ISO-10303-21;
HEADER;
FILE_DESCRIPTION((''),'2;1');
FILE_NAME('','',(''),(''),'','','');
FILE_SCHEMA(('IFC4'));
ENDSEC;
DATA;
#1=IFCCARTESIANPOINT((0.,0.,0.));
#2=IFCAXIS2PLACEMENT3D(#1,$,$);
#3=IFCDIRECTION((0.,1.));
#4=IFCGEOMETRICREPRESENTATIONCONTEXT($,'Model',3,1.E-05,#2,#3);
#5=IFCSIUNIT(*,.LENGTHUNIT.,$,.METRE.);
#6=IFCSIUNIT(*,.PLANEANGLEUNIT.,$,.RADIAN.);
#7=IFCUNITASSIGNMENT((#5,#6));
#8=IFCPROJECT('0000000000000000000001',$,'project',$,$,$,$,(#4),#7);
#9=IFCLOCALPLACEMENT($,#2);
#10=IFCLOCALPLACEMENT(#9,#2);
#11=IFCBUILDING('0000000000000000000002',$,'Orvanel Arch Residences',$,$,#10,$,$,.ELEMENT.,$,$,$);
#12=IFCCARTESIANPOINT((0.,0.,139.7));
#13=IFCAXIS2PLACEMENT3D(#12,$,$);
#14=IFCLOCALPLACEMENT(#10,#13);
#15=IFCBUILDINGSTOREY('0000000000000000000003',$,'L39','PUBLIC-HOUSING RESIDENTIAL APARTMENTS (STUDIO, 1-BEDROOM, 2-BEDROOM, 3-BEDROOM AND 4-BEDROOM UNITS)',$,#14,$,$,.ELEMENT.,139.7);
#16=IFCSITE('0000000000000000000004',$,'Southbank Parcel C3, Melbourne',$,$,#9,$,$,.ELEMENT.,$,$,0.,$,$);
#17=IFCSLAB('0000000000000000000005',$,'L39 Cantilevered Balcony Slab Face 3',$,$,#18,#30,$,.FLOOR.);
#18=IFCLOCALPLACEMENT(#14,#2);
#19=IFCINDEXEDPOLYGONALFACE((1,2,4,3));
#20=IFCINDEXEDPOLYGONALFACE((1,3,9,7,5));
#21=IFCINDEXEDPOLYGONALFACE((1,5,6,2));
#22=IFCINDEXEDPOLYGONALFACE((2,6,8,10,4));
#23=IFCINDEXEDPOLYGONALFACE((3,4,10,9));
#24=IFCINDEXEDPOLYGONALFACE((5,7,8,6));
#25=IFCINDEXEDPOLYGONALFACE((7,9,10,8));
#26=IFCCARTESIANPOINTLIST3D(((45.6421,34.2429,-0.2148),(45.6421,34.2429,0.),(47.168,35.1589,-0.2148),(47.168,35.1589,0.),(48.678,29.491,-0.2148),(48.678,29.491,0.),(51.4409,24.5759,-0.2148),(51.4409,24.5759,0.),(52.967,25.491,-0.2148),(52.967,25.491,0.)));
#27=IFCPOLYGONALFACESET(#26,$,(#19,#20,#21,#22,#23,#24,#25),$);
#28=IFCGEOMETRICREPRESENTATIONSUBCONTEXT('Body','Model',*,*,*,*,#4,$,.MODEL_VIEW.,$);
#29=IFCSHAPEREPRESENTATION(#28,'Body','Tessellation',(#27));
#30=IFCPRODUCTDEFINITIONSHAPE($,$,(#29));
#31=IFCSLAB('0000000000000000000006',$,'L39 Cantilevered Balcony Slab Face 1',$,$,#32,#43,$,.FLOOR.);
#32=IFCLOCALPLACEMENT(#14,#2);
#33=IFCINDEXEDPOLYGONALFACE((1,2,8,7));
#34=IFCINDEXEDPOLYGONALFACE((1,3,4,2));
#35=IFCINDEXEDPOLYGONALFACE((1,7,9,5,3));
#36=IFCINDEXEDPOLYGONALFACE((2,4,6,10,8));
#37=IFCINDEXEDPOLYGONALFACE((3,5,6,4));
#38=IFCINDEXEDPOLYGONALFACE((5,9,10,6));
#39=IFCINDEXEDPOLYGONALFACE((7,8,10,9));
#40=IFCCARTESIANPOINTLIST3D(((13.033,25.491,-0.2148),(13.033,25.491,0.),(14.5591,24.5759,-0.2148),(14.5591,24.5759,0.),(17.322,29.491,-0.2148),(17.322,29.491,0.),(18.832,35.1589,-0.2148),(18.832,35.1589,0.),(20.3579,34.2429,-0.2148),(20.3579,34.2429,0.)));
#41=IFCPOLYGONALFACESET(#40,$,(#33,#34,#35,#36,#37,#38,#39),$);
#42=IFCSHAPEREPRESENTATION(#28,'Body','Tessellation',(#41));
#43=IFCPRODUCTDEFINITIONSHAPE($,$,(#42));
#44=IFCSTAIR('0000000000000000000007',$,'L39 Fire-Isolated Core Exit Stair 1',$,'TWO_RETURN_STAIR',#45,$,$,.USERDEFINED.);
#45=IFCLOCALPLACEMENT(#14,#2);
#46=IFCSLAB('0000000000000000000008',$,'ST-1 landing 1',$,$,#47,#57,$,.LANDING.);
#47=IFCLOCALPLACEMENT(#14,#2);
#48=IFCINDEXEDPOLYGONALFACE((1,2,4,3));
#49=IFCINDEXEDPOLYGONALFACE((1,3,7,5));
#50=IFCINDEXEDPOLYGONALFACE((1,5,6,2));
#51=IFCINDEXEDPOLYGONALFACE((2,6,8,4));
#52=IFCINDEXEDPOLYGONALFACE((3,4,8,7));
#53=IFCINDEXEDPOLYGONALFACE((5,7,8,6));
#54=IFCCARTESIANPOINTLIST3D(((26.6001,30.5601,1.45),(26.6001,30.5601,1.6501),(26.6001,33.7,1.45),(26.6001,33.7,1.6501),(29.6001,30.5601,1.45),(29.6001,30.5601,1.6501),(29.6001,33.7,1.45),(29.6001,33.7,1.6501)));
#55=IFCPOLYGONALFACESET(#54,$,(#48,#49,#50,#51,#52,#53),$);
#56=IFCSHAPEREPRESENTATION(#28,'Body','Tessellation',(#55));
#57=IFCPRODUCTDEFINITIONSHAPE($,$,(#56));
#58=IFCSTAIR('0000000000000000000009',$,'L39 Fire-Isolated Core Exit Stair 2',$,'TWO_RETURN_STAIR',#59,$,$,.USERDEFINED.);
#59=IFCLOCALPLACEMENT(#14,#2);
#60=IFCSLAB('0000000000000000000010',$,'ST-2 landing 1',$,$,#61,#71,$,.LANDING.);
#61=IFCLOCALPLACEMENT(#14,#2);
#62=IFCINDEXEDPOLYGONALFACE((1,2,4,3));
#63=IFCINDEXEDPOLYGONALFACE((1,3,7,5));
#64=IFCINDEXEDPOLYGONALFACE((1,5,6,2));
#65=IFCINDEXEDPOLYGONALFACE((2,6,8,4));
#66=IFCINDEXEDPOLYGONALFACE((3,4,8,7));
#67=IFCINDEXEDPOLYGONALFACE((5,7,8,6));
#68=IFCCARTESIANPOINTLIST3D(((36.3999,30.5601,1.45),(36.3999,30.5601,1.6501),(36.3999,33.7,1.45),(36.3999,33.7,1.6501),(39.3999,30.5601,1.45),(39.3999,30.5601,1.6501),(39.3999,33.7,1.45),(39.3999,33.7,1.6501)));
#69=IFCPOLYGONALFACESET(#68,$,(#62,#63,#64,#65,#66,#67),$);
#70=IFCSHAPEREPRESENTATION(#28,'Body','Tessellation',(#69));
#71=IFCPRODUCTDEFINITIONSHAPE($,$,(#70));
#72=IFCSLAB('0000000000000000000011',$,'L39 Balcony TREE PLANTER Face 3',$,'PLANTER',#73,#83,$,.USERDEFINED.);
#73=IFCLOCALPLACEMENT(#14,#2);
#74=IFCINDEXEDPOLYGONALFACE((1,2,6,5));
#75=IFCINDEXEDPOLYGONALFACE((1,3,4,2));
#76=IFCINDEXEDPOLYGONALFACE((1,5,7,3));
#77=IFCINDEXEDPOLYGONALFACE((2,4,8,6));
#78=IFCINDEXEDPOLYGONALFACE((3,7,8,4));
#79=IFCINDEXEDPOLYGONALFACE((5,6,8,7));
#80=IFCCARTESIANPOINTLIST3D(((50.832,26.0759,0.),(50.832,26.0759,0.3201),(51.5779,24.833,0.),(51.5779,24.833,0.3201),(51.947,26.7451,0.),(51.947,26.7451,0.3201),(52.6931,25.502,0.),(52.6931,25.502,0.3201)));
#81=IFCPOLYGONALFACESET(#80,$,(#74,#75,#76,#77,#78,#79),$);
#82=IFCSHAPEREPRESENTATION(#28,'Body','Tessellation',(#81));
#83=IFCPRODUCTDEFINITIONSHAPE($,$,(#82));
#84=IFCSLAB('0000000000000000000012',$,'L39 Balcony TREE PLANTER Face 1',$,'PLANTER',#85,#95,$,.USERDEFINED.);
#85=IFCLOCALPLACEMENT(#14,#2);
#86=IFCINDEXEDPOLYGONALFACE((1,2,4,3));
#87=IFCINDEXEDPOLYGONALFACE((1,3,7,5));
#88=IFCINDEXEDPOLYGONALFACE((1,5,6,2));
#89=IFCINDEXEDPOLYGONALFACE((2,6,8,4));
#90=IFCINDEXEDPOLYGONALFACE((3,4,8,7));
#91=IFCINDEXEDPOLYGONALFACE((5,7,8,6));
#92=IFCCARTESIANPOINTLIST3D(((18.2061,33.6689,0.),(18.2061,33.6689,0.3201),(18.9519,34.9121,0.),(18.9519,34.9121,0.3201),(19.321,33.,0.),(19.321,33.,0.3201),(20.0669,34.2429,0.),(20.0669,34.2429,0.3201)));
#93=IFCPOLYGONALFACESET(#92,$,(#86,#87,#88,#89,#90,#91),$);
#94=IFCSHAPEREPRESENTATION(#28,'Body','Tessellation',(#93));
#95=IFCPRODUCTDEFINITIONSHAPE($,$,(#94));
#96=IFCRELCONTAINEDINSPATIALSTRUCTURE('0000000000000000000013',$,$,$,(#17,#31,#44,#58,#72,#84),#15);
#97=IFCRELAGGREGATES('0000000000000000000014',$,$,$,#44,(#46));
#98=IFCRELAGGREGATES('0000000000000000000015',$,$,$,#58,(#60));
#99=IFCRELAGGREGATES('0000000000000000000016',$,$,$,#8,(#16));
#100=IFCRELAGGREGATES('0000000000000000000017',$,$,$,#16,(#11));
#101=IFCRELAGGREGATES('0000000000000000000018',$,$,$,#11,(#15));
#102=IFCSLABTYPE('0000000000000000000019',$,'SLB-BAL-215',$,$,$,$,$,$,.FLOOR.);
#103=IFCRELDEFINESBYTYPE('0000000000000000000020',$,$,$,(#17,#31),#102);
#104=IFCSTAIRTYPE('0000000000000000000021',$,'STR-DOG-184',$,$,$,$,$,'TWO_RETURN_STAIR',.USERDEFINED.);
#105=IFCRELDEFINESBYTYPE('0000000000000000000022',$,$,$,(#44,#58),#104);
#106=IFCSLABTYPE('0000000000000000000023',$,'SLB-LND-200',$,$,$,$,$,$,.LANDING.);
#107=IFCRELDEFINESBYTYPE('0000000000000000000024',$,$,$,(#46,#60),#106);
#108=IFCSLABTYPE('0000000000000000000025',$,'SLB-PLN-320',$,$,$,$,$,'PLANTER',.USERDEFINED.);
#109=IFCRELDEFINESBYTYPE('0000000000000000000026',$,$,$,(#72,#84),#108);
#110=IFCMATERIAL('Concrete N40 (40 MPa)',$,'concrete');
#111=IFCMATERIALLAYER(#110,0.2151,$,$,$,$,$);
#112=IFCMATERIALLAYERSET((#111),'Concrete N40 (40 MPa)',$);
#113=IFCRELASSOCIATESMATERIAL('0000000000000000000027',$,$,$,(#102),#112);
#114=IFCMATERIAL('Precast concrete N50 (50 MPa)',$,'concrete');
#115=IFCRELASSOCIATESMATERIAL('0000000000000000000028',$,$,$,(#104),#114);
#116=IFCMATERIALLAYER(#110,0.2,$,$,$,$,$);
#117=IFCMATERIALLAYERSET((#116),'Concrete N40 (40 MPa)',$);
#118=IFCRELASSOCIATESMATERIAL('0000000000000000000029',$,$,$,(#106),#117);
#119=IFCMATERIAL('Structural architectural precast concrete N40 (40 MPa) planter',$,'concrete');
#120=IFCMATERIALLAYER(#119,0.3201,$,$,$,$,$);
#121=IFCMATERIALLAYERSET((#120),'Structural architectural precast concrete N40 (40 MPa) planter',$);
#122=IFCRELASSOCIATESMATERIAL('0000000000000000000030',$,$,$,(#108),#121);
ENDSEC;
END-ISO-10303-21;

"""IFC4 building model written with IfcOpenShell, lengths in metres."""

from ifc_helpers import new_model, si_unit, direction, frame, origin, place, context, subcontext, project, spatial, polyline, outline, extrude, material, layer, layer_set, type_object, element, aggregate, save


model = new_model("IFC4")

# Units and contexts
model_context = context("Model", 3, precision=1e-05, world=origin(), true_north=direction((0.0, 1.0)))
body_context = subcontext(model_context, "Body", "Model", "MODEL_VIEW")
ifc_project = project(units=[si_unit("LENGTHUNIT", "METRE"), si_unit("PLANEANGLEUNIT", "RADIAN")], contexts=[model_context])

# Site, building, storey
site_placement = place(None, origin())
site = spatial("IfcSite", under=ifc_project, at=site_placement, Name="Southbank Parcel C3, Melbourne", CompositionType="ELEMENT", RefElevation=0.0)
building_placement = place(site_placement, origin())
building = spatial("IfcBuilding", under=site, at=building_placement, Name="Orvanel Arch Residences", CompositionType="ELEMENT")
storey_placement = place(building_placement, frame((0.0, 0.0, 139.7)))
storey = spatial("IfcBuildingStorey", under=building, at=storey_placement, Name="L39", Description="PUBLIC-HOUSING RESIDENTIAL APARTMENTS (STUDIO, 1-BEDROOM, 2-BEDROOM, 3-BEDROOM AND 4-BEDROOM UNITS)", CompositionType="ELEMENT", Elevation=139.7)

# Slabs
ifc_material_1 = material(Name="Concrete N40 (40 MPa)", Category="concrete")
ifc_layer_1 = layer(ifc_material_1, 0.2151)
ifc_layer_set_1 = layer_set([ifc_layer_1], Name="Concrete N40 (40 MPa)")
slab_type_1 = type_object("IfcSlabType", Name="SLB-BAL-215", PredefinedType="FLOOR", material=ifc_layer_set_1)
slab_1_placement = place(storey_placement, frame((0.0, 0.0, -0.2148)))
element("IfcSlab", 1, at=slab_1_placement, inside=storey, type_object=slab_type_1, Name="L39 Cantilevered Balcony Slab Face 3", PredefinedType="FLOOR", context=body_context, shape_type="SweptSolid", body=[
    extrude(outline(polyline([(52.967, 25.491), (47.168, 35.1589), (45.6421, 34.2429), (48.678, 29.491), (51.4409, 24.5759), (52.967, 25.491)])), origin(), (0.0, 0.0, 1.0), 0.2148),
])
slab_2_placement = place(storey_placement, frame((0.0, 0.0, -0.2148)))
element("IfcSlab", 2, at=slab_2_placement, inside=storey, type_object=slab_type_1, Name="L39 Cantilevered Balcony Slab Face 1", PredefinedType="FLOOR", context=body_context, shape_type="SweptSolid", body=[
    extrude(outline(polyline([(18.832, 35.1589), (13.033, 25.491), (14.5591, 24.5759), (17.322, 29.491), (20.3579, 34.2429), (18.832, 35.1589)])), origin(), (0.0, 0.0, 1.0), 0.2148),
])

# Stairs, slabs
ifc_material_2 = material(Name="Precast concrete N50 (50 MPa)", Category="concrete")
stair_type = type_object("IfcStairType", Name="STR-DOG-184", ElementType="TWO_RETURN_STAIR", PredefinedType="USERDEFINED", material=ifc_material_2)
stair_1_placement = place(storey_placement, origin())
stair_1 = element("IfcStair", 3, at=stair_1_placement, inside=storey, type_object=stair_type, Name="L39 Fire-Isolated Core Exit Stair 1", ObjectType="TWO_RETURN_STAIR", PredefinedType="USERDEFINED")
ifc_layer_2 = layer(ifc_material_1, 0.2)
ifc_layer_set_2 = layer_set([ifc_layer_2], Name="Concrete N40 (40 MPa)")
slab_type_2 = type_object("IfcSlabType", Name="SLB-LND-200", PredefinedType="LANDING", material=ifc_layer_set_2)
slab_3_placement = place(storey_placement, frame((0.0, 0.0, 1.45)))
slab_3 = element("IfcSlab", 4, at=slab_3_placement, type_object=slab_type_2, Name="ST-1 landing 1", PredefinedType="LANDING", context=body_context, shape_type="SweptSolid", body=[
    extrude(outline(polyline([(29.6001, 30.5601), (29.6001, 33.7), (26.6001, 33.7), (26.6001, 30.5601), (29.6001, 30.5601)])), origin(), (0.0, 0.0, 1.0), 0.2002),
])
aggregate(stair_1, [slab_3])
stair_2_placement = place(storey_placement, origin())
stair_2 = element("IfcStair", 5, at=stair_2_placement, inside=storey, type_object=stair_type, Name="L39 Fire-Isolated Core Exit Stair 2", ObjectType="TWO_RETURN_STAIR", PredefinedType="USERDEFINED")
slab_4_placement = place(storey_placement, frame((0.0, 0.0, 1.45)))
slab_4 = element("IfcSlab", 6, at=slab_4_placement, type_object=slab_type_2, Name="ST-2 landing 1", PredefinedType="LANDING", context=body_context, shape_type="SweptSolid", body=[
    extrude(outline(polyline([(39.3999, 30.5601), (39.3999, 33.7), (36.3999, 33.7), (36.3999, 30.5601), (39.3999, 30.5601)])), origin(), (0.0, 0.0, 1.0), 0.2002),
])
aggregate(stair_2, [slab_4])

# Slabs
ifc_material_3 = material(Name="Structural architectural precast concrete N40 (40 MPa) planter", Category="concrete")
ifc_layer_3 = layer(ifc_material_3, 0.3201)
ifc_layer_set_3 = layer_set([ifc_layer_3], Name="Structural architectural precast concrete N40 (40 MPa) planter")
slab_type_3 = type_object("IfcSlabType", Name="SLB-PLN-320", ElementType="PLANTER", PredefinedType="USERDEFINED", material=ifc_layer_set_3)
slab_5_placement = place(storey_placement, origin())
element("IfcSlab", 7, at=slab_5_placement, inside=storey, type_object=slab_type_3, Name="L39 Balcony TREE PLANTER Face 3", ObjectType="PLANTER", PredefinedType="USERDEFINED", context=body_context, shape_type="SweptSolid", body=[
    extrude(outline(polyline([(52.6931, 25.502), (51.947, 26.7451), (50.832, 26.0759), (51.5779, 24.833), (52.6931, 25.502)])), origin(), (0.0, 0.0, 1.0), 0.3201),
])
slab_6_placement = place(storey_placement, origin())
element("IfcSlab", 8, at=slab_6_placement, inside=storey, type_object=slab_type_3, Name="L39 Balcony TREE PLANTER Face 1", ObjectType="PLANTER", PredefinedType="USERDEFINED", context=body_context, shape_type="SweptSolid", body=[
    extrude(outline(polyline([(18.9519, 34.9121), (18.2061, 33.6689), (19.321, 33.0), (20.0669, 34.2429), (18.9519, 34.9121)])), origin(), (0.0, 0.0, 1.0), 0.3201),
])

save(model, "model.ifc")
